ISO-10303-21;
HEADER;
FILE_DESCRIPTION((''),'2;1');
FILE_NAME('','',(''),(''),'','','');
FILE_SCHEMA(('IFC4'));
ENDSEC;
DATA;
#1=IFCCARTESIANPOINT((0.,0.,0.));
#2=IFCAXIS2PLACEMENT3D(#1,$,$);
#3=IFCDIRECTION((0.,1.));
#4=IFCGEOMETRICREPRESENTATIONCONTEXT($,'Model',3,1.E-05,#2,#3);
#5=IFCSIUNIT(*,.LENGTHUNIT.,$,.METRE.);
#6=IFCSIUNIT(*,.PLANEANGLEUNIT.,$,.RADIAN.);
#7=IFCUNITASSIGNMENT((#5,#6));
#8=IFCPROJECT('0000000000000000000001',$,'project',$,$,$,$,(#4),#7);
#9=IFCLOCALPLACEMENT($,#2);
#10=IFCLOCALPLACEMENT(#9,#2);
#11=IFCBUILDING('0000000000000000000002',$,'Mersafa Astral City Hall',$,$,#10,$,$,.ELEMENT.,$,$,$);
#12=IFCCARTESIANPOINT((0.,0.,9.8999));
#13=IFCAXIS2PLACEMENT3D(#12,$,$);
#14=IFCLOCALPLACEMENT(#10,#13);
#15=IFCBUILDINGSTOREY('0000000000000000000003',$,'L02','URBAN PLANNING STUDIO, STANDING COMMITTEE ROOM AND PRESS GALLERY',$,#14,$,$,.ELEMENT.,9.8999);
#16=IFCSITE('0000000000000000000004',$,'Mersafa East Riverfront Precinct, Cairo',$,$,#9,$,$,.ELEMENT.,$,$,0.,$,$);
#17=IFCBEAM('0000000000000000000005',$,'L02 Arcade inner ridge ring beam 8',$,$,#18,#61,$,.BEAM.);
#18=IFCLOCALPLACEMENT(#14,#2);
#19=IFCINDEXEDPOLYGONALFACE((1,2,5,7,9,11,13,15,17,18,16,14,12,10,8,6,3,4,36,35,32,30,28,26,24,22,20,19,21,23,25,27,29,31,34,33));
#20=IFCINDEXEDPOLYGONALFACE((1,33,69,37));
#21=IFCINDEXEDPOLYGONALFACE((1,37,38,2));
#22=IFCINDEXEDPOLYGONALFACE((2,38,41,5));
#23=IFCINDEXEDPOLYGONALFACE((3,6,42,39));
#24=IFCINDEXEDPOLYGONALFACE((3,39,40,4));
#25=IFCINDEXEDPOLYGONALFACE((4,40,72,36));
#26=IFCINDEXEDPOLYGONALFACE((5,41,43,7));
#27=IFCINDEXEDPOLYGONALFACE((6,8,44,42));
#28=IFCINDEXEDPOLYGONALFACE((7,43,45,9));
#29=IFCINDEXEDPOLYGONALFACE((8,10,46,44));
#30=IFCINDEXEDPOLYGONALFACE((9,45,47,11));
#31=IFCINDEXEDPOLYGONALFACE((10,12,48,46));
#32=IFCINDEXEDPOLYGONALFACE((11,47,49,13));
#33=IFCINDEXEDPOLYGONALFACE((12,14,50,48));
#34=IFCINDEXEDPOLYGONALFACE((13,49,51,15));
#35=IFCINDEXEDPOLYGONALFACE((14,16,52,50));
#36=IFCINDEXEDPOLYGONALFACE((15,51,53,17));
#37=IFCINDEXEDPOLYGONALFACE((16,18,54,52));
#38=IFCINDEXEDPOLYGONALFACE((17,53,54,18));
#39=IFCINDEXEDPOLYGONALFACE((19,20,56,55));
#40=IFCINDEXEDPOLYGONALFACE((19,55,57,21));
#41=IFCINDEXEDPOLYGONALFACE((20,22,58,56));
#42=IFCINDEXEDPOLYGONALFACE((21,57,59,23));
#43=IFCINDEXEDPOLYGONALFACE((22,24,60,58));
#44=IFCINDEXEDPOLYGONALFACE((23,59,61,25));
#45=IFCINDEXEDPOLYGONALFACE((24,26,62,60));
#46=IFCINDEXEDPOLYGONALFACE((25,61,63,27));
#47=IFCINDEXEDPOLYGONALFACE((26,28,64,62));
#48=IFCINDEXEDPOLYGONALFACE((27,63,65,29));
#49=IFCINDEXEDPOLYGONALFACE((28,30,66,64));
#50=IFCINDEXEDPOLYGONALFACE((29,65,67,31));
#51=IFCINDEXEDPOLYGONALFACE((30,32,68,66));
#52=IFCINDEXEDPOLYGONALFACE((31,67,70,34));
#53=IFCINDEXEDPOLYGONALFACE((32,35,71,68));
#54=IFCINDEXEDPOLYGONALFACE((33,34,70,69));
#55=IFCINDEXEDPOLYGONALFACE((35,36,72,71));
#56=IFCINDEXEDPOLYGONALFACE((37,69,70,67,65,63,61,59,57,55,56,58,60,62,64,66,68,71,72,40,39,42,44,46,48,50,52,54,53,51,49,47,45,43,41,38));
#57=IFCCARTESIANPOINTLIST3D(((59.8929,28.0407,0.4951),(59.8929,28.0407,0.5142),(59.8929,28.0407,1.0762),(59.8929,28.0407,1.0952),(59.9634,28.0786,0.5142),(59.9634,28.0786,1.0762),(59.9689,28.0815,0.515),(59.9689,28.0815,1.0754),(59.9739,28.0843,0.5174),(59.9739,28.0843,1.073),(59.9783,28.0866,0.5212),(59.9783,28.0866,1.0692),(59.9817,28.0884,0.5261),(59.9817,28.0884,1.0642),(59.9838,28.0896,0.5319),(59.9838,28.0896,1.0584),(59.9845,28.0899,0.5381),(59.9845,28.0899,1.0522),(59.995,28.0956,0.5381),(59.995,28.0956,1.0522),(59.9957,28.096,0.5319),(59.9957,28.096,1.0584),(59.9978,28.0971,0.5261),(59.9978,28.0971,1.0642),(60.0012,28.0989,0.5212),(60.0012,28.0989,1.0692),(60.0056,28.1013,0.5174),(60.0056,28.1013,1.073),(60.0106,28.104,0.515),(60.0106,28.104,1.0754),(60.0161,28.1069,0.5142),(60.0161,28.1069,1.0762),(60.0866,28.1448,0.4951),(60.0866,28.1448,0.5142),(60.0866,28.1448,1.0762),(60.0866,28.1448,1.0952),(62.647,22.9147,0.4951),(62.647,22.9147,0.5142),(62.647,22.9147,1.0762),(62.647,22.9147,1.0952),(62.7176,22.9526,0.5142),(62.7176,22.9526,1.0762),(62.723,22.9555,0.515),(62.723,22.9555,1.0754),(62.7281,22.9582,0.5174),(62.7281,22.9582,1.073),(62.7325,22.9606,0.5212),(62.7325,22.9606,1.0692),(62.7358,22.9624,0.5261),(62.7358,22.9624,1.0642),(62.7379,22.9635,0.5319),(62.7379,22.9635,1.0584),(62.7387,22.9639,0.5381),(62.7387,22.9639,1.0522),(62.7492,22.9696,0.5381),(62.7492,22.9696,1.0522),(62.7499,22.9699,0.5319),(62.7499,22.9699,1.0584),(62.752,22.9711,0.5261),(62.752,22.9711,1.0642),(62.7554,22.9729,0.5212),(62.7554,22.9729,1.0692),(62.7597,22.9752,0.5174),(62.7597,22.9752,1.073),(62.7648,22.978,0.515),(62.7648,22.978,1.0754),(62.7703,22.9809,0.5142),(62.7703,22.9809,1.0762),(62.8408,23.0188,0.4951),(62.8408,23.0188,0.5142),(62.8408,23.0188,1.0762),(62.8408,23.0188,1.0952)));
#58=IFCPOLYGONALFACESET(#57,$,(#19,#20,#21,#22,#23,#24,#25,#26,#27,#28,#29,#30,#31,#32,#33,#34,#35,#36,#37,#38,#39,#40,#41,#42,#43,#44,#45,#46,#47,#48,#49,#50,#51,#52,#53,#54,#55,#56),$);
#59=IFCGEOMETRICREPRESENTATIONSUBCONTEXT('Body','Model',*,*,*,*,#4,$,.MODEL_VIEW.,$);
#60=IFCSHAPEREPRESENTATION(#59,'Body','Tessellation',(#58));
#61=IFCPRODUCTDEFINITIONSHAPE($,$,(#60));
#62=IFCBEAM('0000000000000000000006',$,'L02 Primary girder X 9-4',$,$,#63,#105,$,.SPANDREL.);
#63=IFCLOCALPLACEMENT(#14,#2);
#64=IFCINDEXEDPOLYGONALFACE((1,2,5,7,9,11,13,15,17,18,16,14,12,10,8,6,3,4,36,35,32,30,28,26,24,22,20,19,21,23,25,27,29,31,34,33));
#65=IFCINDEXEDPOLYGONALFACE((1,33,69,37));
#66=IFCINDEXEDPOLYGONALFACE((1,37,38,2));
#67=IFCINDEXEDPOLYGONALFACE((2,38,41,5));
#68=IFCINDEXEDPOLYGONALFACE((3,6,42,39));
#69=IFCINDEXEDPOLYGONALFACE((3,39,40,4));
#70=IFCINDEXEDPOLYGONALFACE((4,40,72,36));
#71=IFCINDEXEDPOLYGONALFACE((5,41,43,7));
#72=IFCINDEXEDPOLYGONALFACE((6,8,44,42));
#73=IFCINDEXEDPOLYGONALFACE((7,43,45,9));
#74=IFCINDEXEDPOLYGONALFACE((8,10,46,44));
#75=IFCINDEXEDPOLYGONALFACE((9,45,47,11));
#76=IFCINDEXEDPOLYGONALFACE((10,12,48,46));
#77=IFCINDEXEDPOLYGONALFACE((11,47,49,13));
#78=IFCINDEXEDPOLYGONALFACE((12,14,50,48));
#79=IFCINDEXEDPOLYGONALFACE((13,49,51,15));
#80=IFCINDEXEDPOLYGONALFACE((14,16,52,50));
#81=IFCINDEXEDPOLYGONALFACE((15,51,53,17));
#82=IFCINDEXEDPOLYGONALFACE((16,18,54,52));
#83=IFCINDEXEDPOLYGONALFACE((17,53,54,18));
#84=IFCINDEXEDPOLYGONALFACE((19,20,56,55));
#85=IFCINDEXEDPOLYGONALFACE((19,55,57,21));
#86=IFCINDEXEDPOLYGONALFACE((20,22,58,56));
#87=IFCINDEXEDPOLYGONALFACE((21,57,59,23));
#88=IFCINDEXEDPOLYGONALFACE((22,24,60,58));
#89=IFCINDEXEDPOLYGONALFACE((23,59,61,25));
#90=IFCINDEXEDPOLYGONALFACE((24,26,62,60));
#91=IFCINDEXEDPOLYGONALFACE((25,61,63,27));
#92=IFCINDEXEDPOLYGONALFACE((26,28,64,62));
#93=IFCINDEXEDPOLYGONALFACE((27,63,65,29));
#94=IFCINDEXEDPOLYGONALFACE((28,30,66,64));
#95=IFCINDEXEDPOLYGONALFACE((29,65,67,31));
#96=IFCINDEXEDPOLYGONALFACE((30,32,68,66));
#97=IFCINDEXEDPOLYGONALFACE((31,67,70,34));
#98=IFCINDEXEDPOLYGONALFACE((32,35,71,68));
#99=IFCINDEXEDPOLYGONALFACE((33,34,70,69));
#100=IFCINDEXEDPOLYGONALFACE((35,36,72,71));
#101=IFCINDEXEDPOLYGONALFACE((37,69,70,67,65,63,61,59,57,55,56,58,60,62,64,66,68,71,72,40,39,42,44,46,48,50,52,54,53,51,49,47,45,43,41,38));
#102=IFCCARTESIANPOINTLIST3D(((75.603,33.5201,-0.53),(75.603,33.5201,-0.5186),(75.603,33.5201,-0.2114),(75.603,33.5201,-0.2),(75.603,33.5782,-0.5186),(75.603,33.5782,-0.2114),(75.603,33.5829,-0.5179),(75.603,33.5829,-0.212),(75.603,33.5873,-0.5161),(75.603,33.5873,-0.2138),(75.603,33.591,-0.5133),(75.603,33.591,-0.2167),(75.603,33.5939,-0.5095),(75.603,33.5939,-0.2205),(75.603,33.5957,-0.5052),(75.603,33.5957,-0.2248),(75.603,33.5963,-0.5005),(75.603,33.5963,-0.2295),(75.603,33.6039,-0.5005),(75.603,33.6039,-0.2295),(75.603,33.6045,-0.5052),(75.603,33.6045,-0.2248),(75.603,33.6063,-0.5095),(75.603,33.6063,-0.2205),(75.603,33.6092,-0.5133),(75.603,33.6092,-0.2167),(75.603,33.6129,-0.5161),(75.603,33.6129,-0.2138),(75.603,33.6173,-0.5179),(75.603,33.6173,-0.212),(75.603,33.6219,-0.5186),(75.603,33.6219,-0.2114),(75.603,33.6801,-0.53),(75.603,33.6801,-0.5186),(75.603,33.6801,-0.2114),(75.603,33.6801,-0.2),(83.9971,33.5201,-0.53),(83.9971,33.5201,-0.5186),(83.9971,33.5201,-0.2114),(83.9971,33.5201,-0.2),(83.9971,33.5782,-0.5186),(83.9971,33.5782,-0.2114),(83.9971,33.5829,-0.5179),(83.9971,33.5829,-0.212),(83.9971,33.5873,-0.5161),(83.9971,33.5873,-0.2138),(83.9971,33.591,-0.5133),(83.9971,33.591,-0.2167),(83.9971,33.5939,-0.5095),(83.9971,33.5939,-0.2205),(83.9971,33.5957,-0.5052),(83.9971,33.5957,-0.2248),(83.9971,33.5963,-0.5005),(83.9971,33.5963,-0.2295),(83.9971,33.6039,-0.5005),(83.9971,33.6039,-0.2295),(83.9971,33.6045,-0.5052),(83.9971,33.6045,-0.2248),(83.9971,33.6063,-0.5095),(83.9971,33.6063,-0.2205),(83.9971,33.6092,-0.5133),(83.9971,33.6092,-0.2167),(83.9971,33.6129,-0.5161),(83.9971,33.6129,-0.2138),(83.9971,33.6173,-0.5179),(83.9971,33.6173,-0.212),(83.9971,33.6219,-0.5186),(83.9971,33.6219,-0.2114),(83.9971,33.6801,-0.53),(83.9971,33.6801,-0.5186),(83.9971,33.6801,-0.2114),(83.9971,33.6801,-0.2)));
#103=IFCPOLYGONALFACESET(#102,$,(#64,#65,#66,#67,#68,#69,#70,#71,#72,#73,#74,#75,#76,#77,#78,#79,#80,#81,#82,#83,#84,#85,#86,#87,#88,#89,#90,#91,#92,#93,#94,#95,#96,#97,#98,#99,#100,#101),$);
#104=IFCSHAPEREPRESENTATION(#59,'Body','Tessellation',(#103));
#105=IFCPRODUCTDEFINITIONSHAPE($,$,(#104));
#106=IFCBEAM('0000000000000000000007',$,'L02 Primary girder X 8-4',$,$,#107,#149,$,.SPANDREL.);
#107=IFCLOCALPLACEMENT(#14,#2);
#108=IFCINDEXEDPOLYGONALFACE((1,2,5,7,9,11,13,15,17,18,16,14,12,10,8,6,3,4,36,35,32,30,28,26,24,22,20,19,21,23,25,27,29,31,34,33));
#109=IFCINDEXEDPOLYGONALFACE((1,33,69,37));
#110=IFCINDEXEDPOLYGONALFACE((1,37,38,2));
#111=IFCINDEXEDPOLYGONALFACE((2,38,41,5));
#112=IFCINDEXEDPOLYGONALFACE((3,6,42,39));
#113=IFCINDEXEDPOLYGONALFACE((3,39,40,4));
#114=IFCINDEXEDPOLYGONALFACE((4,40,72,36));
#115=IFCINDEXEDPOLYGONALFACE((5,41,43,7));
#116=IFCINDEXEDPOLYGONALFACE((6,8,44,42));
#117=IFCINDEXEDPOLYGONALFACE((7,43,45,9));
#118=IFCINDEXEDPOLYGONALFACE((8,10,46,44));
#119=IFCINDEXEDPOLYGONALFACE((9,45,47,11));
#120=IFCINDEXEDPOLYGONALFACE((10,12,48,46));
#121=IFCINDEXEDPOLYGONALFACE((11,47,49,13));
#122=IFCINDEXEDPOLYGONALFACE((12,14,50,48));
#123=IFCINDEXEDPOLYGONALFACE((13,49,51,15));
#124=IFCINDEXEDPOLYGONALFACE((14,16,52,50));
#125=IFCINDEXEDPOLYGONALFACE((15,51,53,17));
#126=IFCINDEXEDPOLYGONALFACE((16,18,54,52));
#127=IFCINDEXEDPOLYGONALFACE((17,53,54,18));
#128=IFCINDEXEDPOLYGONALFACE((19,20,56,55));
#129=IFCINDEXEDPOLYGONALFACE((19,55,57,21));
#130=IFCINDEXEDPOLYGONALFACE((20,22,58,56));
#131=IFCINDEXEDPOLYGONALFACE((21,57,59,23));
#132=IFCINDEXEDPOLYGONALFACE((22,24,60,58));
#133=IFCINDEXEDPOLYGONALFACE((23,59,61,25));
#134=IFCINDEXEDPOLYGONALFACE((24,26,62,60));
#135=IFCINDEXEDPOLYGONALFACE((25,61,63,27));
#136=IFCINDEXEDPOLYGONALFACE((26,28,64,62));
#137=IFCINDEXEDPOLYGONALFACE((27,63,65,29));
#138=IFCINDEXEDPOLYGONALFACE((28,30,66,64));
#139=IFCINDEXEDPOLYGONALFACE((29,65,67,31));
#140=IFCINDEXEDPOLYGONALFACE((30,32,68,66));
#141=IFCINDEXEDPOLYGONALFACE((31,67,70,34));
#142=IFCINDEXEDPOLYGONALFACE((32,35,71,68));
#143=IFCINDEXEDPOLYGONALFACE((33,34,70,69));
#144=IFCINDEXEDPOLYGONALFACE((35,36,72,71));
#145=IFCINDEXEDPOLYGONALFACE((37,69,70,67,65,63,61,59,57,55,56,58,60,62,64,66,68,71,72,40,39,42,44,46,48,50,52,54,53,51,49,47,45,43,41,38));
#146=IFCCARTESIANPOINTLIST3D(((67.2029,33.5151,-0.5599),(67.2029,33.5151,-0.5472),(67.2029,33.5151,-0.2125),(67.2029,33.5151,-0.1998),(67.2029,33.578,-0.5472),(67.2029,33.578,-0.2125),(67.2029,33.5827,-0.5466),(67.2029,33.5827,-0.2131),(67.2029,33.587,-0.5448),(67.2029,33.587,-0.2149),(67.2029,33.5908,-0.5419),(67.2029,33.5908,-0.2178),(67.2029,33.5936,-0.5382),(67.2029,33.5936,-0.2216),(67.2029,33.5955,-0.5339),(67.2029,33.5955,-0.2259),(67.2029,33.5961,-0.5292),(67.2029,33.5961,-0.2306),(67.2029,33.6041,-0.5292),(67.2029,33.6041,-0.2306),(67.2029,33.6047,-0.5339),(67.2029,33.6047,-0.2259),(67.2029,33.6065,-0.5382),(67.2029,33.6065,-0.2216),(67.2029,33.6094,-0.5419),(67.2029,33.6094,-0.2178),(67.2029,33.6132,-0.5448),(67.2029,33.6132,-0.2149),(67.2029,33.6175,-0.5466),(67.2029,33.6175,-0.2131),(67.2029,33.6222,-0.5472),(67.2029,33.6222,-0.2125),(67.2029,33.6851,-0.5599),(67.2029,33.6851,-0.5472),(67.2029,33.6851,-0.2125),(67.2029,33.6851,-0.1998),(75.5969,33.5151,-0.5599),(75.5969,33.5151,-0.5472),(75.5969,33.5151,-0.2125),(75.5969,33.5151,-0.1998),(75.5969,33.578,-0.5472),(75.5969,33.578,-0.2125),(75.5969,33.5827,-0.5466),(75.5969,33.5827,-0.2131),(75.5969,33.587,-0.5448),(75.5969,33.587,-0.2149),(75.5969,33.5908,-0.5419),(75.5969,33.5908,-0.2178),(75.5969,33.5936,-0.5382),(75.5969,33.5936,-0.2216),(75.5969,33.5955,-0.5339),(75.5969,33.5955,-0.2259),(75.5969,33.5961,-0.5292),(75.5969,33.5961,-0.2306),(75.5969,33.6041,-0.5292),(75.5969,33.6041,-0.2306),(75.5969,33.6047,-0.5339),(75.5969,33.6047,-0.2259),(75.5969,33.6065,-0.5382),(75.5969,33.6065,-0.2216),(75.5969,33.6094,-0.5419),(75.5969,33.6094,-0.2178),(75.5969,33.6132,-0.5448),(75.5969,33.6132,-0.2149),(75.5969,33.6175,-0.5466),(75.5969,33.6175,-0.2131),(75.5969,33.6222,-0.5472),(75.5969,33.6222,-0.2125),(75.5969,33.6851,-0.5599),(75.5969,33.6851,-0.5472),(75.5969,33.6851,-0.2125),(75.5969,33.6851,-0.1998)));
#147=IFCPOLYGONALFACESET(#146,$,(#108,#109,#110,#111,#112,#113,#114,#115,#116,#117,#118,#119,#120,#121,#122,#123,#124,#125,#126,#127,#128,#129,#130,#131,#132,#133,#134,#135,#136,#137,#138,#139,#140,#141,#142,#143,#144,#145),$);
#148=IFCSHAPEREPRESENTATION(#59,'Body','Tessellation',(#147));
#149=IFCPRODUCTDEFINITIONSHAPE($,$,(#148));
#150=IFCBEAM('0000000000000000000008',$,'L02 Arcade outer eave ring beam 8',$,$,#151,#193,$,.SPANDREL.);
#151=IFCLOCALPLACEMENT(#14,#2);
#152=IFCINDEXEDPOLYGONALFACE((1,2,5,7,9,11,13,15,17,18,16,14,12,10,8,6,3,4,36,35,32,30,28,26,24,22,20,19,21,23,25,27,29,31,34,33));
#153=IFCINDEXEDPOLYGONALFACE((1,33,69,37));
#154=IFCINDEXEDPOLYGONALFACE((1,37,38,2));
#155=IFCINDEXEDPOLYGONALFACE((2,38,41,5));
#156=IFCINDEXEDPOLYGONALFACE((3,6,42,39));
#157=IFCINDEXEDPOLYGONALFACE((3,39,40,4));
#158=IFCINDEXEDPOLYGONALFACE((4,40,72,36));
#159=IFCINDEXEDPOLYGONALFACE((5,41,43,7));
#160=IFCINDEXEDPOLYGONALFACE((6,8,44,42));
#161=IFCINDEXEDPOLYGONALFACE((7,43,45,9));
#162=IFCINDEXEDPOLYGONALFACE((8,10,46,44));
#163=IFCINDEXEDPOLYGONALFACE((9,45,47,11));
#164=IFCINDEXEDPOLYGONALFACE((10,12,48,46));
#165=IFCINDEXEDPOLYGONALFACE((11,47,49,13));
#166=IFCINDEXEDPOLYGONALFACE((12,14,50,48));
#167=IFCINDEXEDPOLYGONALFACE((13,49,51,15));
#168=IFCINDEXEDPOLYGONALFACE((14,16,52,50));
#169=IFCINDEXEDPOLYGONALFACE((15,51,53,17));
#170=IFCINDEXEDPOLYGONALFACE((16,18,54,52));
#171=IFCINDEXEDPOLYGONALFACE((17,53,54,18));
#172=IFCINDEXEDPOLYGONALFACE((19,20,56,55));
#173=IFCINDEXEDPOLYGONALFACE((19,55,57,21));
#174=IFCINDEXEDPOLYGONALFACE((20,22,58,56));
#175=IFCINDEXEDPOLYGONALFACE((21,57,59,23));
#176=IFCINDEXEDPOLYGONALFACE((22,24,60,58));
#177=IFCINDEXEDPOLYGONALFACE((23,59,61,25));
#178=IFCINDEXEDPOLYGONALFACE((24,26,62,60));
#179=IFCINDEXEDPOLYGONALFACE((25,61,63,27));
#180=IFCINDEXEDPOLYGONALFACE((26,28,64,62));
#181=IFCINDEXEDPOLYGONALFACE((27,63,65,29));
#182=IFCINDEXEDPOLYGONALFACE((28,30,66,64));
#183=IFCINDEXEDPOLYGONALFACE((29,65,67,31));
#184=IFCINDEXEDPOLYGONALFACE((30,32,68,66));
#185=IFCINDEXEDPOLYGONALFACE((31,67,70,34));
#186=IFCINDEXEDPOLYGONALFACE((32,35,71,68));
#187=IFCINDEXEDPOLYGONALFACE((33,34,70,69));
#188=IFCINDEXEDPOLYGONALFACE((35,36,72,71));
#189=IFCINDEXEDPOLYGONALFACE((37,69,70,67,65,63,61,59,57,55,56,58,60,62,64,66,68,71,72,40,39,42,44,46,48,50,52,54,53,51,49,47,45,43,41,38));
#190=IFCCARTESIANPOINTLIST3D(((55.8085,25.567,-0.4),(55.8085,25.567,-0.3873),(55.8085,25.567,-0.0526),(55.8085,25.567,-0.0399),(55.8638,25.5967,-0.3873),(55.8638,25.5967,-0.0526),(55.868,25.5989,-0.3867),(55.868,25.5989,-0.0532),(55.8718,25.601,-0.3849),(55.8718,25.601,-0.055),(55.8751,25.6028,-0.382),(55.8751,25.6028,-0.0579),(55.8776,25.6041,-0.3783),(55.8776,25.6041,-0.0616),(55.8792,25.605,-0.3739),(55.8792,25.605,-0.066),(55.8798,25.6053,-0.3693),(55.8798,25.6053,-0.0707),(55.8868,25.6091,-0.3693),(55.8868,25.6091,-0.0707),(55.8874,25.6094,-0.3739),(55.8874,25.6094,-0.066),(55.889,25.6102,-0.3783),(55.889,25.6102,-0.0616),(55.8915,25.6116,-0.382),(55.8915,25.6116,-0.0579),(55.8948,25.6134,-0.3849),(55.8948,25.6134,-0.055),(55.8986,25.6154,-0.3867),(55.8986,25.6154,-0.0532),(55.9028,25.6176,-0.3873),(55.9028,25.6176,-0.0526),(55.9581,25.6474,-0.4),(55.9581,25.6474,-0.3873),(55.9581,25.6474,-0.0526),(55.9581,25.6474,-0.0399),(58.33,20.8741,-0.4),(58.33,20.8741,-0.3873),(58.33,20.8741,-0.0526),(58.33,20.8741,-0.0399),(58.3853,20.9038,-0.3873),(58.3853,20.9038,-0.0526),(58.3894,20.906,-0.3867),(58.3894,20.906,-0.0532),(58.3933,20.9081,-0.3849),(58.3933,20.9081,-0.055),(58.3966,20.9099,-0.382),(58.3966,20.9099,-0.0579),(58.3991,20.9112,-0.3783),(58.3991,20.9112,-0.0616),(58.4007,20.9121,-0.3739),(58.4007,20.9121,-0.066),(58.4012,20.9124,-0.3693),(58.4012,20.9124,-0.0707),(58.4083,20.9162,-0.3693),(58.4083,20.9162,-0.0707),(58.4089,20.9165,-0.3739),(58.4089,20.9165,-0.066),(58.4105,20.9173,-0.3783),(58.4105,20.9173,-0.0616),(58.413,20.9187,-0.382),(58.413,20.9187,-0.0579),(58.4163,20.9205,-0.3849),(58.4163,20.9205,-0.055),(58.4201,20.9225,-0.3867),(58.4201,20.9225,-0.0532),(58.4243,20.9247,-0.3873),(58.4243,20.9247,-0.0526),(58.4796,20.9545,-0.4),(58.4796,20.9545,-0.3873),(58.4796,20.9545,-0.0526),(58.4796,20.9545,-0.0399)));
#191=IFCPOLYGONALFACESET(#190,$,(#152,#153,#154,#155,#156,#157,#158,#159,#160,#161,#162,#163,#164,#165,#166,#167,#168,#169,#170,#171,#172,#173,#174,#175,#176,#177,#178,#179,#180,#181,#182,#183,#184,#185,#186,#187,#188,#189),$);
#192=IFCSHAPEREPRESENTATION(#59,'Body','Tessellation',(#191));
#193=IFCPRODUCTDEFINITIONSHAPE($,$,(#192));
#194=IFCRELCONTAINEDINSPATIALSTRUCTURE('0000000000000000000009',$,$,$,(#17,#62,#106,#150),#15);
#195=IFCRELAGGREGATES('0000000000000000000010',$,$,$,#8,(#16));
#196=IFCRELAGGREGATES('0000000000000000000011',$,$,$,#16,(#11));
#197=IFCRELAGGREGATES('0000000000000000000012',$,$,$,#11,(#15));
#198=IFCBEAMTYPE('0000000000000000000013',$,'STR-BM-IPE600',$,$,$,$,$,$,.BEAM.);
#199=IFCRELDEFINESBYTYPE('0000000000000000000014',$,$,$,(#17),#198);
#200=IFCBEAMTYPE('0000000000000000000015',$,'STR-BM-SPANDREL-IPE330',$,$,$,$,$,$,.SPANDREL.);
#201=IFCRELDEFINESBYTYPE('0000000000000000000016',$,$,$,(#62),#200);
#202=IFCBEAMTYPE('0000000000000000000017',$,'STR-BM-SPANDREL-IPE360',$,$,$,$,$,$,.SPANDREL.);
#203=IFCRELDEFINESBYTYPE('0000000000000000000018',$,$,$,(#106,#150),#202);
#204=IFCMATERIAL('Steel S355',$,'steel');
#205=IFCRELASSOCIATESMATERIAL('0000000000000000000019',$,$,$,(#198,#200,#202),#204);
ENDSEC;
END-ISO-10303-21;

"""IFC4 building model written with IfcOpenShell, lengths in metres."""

from ifc_helpers import new_model, si_unit, direction, frame, origin, origin_2d, place, context, subcontext, project, spatial, i_section, extrude, material, material_profile, profile_set, type_object, element, save


model = new_model("IFC4")

# Units and contexts
model_context = context("Model", 3, precision=1e-05, world=origin(), true_north=direction((0.0, 1.0)))
body_context = subcontext(model_context, "Body", "Model", "MODEL_VIEW")
ifc_project = project(units=[si_unit("LENGTHUNIT", "METRE"), si_unit("PLANEANGLEUNIT", "RADIAN")], contexts=[model_context])

# Site, building, storey
site_placement = place(None, origin())
site = spatial("IfcSite", under=ifc_project, at=site_placement, Name="Mersafa East Riverfront Precinct, Cairo", CompositionType="ELEMENT", RefElevation=0.0)
building_placement = place(site_placement, origin())
building = spatial("IfcBuilding", under=site, at=building_placement, Name="Mersafa Astral City Hall", CompositionType="ELEMENT")
storey_placement = place(building_placement, frame((0.0, 0.0, 9.8999)))
storey = spatial("IfcBuildingStorey", under=building, at=storey_placement, Name="L02", Description="URBAN PLANNING STUDIO, STANDING COMMITTEE ROOM AND PRESS GALLERY", CompositionType="ELEMENT", Elevation=9.8999)

# Shared definitions
ifc_material_1 = material(Name="Steel S355", Category="steel")

# Beams
ifc_material_profile_1 = material_profile(ifc_material_1, i_section(OverallWidth=0.22, OverallDepth=0.6001, WebThickness=0.012, FlangeThickness=0.019, FilletRadius=0.0239, at=origin_2d()), Name="IPE 600")
ifc_profile_set_1 = profile_set([ifc_material_profile_1], Name="Steel S355")
beam_type_1 = type_object("IfcBeamType", Name="STR-BM-IPE600", PredefinedType="BEAM", material=ifc_profile_set_1)
beam_1_placement = place(storey_placement, frame((59.9897, 28.0928, 0.7952), z_axis=(0.473302, -0.8809, 0.0), x_axis=(0.8809, 0.473302, 0.0)))
element("IfcBeam", 1, at=beam_1_placement, inside=storey, type_object=beam_type_1, Name="L02 Arcade inner ridge ring beam 8", PredefinedType="BEAM", context=body_context, shape_type="SweptSolid", body=[
    extrude(i_section(OverallWidth=0.22, OverallDepth=0.6001, WebThickness=0.012, FlangeThickness=0.019, FilletRadius=0.0239, at=origin_2d()), origin(), (0.0, 0.0, 1.0), 5.8191),
])
ifc_material_profile_2 = material_profile(ifc_material_1, i_section(OverallWidth=0.1599, OverallDepth=0.3301, WebThickness=0.0076, FlangeThickness=0.0115, FilletRadius=0.0181, at=origin_2d()), Name="IPE 330")
ifc_profile_set_2 = profile_set([ifc_material_profile_2], Name="Steel S355")
beam_type_2 = type_object("IfcBeamType", Name="STR-BM-SPANDREL-IPE330", PredefinedType="SPANDREL", material=ifc_profile_set_2)
beam_2_placement = place(storey_placement, frame((75.603, 33.6001, -0.365), z_axis=(1.0, 0.0, 0.0), x_axis=(0.0, 1.0, 0.0)))
element("IfcBeam", 2, at=beam_2_placement, inside=storey, type_object=beam_type_2, Name="L02 Primary girder X 9-4", PredefinedType="SPANDREL", context=body_context, shape_type="SweptSolid", body=[
    extrude(i_section(OverallWidth=0.1599, OverallDepth=0.3301, WebThickness=0.0076, FlangeThickness=0.0115, FilletRadius=0.0181, at=origin_2d()), origin(), (0.0, 0.0, 1.0), 8.394),
])
ifc_material_profile_3 = material_profile(ifc_material_1, i_section(OverallWidth=0.1699, OverallDepth=0.3601, WebThickness=0.0081, FlangeThickness=0.0127, FilletRadius=0.0181, at=origin_2d()), Name="IPE 360")
ifc_profile_set_3 = profile_set([ifc_material_profile_3], Name="Steel S355")
beam_type_3 = type_object("IfcBeamType", Name="STR-BM-SPANDREL-IPE360", PredefinedType="SPANDREL", material=ifc_profile_set_3)
beam_3_placement = place(storey_placement, frame((67.2029, 33.6001, -0.3799), z_axis=(1.0, 0.0, 0.0), x_axis=(0.0, 1.0, 0.0)))
element("IfcBeam", 3, at=beam_3_placement, inside=storey, type_object=beam_type_3, Name="L02 Primary girder X 8-4", PredefinedType="SPANDREL", context=body_context, shape_type="SweptSolid", body=[
    extrude(i_section(OverallWidth=0.1699, OverallDepth=0.3601, WebThickness=0.0081, FlangeThickness=0.0127, FilletRadius=0.0181, at=origin_2d()), origin(), (0.0, 0.0, 1.0), 8.394),
])
beam_4_placement = place(storey_placement, frame((55.8833, 25.6072, -0.22), z_axis=(0.473307, -0.880897, 0.0), x_axis=(0.880897, 0.473307, 0.0)))
element("IfcBeam", 4, at=beam_4_placement, inside=storey, type_object=beam_type_3, Name="L02 Arcade outer eave ring beam 8", PredefinedType="SPANDREL", context=body_context, shape_type="SweptSolid", body=[
    extrude(i_section(OverallWidth=0.1699, OverallDepth=0.3601, WebThickness=0.0081, FlangeThickness=0.0127, FilletRadius=0.0181, at=origin_2d()), origin(), (0.0, 0.0, 1.0), 5.3274),
])

save(model, "model.ifc")
